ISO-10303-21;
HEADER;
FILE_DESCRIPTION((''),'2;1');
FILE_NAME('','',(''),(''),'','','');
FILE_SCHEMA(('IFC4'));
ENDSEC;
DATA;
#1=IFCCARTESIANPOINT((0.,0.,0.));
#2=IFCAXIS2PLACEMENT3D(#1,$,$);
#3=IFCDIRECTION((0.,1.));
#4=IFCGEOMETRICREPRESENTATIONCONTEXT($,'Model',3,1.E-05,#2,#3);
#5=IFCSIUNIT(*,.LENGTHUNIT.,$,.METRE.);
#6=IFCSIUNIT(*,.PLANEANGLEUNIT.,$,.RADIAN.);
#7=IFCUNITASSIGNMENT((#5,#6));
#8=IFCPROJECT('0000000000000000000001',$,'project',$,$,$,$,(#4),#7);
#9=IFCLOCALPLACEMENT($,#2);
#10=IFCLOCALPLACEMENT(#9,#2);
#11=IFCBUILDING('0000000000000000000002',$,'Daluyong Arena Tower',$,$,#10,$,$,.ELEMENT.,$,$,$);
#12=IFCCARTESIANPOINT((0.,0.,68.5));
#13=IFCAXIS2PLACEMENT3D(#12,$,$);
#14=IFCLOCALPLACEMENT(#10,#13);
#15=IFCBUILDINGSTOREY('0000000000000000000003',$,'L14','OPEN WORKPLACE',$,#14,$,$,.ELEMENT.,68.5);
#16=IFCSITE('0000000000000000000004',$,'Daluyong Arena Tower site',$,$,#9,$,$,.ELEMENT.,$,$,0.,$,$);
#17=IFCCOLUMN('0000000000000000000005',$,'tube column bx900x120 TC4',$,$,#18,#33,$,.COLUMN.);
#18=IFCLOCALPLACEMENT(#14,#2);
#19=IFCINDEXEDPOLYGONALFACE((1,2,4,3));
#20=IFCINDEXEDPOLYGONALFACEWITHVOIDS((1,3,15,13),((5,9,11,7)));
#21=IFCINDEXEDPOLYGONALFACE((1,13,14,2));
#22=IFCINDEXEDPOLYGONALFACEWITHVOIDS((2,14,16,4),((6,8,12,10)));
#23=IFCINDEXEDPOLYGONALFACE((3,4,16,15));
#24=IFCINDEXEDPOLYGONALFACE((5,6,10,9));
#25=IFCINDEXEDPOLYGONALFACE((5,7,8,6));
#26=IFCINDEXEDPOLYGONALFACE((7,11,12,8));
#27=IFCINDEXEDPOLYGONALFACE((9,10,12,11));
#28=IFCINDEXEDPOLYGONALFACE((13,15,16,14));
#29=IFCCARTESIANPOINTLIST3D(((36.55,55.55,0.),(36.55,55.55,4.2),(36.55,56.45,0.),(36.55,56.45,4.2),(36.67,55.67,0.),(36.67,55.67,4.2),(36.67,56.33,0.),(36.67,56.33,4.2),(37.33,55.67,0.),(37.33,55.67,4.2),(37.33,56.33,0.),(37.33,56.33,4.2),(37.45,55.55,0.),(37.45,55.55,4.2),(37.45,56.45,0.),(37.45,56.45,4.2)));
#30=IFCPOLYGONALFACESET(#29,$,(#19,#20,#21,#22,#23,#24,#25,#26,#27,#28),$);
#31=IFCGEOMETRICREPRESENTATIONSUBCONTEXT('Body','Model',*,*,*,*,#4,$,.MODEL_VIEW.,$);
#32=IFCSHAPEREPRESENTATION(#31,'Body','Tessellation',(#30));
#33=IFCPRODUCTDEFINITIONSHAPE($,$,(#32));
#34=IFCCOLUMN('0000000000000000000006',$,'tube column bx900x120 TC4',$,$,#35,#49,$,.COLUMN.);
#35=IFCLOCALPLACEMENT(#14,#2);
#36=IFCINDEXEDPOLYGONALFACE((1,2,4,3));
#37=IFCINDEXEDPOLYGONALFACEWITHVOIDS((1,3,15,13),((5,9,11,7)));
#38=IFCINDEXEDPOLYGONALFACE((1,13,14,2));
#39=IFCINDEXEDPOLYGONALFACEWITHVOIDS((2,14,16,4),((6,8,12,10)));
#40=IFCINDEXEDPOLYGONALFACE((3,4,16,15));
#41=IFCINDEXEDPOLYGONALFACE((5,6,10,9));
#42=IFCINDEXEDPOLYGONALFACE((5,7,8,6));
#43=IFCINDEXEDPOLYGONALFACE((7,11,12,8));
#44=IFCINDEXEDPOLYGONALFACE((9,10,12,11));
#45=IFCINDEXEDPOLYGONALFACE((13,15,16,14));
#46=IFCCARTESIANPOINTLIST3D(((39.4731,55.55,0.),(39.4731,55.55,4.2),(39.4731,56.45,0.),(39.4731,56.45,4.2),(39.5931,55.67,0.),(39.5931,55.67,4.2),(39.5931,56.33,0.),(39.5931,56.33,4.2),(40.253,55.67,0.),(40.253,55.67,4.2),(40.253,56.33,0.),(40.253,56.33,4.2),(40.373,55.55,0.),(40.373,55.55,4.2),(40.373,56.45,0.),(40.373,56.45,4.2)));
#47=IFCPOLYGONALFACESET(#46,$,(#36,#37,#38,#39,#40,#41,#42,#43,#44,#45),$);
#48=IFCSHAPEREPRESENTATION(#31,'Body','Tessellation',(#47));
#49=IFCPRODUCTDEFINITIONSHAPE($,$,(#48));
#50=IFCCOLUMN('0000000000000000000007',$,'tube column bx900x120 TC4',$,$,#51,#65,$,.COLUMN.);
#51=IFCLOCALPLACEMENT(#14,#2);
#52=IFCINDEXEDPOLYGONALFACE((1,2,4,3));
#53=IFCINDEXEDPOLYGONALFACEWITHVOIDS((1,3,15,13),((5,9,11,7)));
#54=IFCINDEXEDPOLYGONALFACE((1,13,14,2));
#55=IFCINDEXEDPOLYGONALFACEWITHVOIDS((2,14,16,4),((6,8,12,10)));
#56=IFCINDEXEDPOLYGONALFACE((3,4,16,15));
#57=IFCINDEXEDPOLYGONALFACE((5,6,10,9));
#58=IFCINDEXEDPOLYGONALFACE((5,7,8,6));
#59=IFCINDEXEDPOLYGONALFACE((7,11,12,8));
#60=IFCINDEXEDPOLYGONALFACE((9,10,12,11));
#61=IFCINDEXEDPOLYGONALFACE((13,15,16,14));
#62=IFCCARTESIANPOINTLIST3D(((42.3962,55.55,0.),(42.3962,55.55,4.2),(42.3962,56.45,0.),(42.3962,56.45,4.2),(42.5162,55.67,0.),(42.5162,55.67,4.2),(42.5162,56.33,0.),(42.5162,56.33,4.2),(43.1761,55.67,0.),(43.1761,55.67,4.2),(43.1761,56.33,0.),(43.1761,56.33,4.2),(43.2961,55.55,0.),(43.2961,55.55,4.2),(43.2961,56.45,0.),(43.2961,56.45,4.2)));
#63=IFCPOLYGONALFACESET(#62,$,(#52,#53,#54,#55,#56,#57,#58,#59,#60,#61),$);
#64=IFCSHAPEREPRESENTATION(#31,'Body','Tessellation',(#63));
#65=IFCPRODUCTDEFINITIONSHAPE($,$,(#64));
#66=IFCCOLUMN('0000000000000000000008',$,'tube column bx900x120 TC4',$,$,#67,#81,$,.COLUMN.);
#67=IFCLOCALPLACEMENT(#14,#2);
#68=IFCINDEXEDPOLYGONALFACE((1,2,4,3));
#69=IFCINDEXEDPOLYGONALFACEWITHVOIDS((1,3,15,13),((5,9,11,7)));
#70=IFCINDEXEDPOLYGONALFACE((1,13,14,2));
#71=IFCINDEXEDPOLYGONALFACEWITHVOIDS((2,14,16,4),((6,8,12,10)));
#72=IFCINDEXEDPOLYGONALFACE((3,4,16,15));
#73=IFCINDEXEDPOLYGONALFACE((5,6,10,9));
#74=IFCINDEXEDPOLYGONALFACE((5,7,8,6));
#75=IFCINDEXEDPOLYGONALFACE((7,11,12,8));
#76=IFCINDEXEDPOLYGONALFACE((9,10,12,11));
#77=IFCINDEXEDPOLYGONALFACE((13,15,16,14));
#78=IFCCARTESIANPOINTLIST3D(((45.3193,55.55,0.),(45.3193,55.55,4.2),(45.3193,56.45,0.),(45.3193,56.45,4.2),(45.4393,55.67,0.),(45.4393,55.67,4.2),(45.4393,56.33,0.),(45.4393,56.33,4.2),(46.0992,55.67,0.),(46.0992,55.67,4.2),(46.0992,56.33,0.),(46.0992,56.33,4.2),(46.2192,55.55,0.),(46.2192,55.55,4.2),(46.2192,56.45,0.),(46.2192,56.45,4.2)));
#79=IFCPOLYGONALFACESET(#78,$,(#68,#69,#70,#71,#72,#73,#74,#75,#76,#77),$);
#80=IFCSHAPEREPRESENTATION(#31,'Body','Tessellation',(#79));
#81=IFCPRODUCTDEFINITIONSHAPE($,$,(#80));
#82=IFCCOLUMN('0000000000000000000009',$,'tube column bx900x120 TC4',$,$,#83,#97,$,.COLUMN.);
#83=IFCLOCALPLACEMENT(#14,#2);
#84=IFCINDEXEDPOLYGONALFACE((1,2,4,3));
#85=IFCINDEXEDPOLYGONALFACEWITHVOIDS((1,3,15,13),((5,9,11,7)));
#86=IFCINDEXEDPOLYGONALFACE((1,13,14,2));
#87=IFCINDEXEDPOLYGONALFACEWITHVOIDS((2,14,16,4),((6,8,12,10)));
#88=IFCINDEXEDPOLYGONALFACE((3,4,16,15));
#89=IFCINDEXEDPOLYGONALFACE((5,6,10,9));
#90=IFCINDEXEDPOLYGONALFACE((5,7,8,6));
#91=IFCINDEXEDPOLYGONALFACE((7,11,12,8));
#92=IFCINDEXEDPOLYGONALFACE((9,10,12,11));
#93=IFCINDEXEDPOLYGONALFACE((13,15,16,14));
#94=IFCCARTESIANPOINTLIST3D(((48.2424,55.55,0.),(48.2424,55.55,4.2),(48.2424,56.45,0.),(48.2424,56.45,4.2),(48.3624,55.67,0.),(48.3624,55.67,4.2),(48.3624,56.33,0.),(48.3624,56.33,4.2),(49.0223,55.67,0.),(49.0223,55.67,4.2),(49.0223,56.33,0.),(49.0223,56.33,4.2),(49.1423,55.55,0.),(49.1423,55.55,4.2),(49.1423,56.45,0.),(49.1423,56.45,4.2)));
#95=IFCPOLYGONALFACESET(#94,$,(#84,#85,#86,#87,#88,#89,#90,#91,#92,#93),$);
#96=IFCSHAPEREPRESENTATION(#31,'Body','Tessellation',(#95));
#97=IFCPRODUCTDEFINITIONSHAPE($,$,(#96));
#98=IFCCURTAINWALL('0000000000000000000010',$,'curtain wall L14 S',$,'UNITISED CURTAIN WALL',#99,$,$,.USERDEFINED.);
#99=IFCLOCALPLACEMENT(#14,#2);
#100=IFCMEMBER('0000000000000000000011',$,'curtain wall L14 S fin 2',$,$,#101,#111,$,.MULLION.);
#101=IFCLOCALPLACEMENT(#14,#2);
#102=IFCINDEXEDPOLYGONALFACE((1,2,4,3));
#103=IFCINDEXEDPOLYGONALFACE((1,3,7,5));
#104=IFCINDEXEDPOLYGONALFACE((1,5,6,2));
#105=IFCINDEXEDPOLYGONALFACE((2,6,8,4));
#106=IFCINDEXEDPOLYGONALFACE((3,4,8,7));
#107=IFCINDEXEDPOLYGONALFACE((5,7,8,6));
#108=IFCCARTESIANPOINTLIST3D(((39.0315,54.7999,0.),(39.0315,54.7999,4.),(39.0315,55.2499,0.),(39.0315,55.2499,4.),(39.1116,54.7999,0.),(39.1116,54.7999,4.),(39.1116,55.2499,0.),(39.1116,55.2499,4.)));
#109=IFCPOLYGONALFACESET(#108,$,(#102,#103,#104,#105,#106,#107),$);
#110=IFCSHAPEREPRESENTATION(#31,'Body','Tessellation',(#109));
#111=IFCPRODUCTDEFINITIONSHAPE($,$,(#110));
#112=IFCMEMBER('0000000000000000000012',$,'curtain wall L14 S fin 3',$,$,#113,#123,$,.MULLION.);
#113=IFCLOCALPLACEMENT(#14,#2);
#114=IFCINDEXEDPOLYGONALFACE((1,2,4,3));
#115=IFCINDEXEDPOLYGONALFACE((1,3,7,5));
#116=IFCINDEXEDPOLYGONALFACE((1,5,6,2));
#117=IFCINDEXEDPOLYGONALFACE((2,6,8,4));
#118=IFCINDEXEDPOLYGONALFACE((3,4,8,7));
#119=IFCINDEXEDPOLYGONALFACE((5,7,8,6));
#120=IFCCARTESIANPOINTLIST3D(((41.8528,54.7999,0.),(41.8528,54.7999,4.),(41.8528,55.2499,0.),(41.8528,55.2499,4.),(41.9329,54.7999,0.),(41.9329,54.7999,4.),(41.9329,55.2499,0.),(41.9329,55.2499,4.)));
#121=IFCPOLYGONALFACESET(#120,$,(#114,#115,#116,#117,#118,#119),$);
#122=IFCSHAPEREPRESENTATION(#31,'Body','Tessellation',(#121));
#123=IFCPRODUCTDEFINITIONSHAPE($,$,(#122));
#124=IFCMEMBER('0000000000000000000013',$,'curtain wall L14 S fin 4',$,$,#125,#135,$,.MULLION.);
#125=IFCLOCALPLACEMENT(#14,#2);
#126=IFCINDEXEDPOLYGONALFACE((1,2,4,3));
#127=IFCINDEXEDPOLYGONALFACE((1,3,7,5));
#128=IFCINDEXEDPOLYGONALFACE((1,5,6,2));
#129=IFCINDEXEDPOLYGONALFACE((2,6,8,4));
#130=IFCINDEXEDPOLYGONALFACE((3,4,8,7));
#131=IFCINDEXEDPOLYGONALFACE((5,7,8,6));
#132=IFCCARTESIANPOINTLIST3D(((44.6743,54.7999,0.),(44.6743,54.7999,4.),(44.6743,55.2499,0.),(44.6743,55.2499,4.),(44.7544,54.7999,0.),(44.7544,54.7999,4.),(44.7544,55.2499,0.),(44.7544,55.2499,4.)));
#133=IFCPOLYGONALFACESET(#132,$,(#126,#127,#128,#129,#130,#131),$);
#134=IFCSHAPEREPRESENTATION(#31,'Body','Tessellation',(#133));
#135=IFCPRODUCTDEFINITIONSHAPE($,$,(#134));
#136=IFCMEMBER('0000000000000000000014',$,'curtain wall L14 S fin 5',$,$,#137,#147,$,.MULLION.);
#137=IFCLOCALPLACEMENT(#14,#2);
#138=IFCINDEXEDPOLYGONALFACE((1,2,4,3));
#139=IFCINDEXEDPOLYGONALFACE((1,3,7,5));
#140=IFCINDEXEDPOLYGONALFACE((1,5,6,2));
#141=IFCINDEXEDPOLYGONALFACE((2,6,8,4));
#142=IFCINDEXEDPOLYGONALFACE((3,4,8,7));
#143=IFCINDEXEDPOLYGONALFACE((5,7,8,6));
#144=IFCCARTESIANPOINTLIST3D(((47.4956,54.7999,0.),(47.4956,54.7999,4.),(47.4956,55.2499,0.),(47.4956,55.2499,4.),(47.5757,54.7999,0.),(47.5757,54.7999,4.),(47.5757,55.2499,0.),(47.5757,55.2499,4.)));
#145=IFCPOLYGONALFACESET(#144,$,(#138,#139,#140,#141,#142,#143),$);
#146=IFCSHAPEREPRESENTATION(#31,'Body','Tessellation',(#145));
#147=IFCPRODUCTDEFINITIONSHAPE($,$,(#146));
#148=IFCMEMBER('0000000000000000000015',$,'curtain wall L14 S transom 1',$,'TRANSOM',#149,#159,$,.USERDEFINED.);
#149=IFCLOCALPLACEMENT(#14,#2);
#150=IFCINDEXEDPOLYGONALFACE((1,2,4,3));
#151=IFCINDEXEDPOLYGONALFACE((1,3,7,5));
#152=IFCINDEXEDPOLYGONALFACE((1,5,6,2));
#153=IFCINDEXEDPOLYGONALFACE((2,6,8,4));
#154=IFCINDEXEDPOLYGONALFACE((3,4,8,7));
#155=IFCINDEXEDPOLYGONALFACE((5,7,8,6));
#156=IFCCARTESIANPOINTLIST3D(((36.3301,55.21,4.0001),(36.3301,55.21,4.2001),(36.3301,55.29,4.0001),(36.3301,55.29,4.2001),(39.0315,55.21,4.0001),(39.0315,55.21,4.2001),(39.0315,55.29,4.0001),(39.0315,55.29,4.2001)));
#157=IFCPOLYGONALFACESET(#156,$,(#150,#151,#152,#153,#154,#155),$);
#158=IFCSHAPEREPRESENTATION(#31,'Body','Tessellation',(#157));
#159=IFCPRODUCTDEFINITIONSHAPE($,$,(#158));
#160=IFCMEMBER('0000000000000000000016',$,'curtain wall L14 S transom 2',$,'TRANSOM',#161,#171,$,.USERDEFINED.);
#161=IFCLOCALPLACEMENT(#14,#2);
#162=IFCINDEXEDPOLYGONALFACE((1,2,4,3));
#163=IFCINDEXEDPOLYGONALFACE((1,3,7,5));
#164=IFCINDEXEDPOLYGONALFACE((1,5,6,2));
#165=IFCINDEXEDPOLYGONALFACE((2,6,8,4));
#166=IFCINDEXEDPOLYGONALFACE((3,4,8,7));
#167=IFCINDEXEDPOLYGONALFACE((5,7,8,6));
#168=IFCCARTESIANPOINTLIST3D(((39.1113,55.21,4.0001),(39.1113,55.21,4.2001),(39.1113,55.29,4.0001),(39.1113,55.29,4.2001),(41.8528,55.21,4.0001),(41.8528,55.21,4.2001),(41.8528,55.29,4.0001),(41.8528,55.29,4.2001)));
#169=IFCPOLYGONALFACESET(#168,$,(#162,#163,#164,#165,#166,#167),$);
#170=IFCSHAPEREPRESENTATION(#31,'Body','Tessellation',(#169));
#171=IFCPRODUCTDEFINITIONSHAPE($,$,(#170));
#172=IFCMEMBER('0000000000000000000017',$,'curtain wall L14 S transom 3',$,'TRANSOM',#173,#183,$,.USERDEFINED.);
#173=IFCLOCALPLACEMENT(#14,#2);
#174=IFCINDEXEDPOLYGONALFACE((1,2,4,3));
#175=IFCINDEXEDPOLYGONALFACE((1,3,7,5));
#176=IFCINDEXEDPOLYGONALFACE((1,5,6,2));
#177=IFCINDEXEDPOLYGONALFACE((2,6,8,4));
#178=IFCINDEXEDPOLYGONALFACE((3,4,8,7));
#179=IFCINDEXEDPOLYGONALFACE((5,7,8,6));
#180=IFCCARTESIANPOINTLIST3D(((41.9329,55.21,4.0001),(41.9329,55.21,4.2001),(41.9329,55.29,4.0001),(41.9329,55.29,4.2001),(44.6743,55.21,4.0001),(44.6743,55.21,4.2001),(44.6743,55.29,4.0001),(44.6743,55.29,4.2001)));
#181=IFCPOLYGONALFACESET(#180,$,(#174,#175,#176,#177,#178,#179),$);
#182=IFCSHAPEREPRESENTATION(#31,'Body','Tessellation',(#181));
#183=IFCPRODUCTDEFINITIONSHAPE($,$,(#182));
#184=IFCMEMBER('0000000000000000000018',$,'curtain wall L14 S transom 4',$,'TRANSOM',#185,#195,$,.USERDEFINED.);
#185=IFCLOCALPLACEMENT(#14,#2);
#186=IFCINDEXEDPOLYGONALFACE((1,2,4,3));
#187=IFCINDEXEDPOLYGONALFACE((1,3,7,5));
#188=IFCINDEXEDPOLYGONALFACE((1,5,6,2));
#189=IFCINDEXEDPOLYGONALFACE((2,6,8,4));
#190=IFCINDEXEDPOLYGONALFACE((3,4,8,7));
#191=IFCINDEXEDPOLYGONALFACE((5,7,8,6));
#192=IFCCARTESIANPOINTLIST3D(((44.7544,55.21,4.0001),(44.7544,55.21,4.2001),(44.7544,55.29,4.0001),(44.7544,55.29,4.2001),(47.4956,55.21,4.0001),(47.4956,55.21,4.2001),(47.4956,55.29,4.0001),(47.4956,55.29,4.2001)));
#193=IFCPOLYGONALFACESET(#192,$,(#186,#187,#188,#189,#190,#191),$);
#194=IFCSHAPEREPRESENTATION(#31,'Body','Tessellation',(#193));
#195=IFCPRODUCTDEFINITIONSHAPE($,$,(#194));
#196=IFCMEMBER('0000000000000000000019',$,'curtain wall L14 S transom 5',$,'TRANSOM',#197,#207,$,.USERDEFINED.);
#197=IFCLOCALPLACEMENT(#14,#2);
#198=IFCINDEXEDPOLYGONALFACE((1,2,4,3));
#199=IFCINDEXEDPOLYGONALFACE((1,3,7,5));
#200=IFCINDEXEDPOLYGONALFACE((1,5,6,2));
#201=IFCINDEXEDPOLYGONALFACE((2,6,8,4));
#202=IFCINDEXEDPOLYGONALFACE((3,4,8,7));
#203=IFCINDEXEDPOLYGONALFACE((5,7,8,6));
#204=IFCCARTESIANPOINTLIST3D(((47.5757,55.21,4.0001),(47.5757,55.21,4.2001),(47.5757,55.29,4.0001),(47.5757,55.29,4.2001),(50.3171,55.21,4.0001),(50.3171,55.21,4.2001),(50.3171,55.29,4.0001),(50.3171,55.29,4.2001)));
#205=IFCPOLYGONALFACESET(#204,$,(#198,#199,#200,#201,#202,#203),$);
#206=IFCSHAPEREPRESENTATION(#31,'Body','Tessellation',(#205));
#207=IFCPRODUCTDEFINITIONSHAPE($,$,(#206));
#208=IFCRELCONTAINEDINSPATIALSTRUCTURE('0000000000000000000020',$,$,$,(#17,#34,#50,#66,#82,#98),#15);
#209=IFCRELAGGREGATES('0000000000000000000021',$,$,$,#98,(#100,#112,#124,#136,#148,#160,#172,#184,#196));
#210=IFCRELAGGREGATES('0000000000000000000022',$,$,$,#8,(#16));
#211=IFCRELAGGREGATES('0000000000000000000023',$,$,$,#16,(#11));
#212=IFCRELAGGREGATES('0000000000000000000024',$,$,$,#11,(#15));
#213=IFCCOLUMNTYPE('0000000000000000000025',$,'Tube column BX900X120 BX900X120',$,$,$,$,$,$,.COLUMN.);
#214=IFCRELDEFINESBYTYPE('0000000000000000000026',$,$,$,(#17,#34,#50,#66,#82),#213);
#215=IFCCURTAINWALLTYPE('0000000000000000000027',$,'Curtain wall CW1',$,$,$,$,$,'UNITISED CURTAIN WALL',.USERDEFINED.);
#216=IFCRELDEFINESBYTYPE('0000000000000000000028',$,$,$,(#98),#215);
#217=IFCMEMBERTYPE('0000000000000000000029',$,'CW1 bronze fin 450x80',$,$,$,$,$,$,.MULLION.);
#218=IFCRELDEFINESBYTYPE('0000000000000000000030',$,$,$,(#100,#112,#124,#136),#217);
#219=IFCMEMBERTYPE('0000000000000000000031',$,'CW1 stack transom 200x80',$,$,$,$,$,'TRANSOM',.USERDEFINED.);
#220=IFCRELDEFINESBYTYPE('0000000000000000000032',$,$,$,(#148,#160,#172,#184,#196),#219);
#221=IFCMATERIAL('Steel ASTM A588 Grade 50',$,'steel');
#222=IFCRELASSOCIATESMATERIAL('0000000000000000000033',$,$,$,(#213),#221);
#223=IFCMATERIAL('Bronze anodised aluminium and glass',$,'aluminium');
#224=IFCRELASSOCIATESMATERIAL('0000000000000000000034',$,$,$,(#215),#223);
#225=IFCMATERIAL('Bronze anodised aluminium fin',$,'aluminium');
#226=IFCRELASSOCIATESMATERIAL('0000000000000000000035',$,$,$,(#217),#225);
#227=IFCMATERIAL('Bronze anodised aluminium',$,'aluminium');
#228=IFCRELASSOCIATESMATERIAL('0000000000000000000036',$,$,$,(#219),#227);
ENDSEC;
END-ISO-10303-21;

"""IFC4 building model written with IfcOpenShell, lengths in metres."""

from ifc_helpers import new_model, si_unit, direction, frame, origin, origin_2d, place, context, subcontext, project, spatial, rectangle, hollow_rectangle, extrude, material, material_profile, profile_set, type_object, element, aggregate, save


model = new_model("IFC4")

# Units and contexts
model_context = context("Model", 3, precision=1e-05, world=origin(), true_north=direction((0.0, 1.0)))
body_context = subcontext(model_context, "Body", "Model", "MODEL_VIEW")
ifc_project = project(units=[si_unit("LENGTHUNIT", "METRE"), si_unit("PLANEANGLEUNIT", "RADIAN")], contexts=[model_context])

# Site, building, storey
site_placement = place(None, origin())
site = spatial("IfcSite", under=ifc_project, at=site_placement, Name="Daluyong Arena Tower site", CompositionType="ELEMENT", RefElevation=0.0)
building_placement = place(site_placement, origin())
building = spatial("IfcBuilding", under=site, at=building_placement, Name="Daluyong Arena Tower", CompositionType="ELEMENT")
storey_placement = place(building_placement, frame((0.0, 0.0, 68.5)))
storey = spatial("IfcBuildingStorey", under=building, at=storey_placement, Name="L14", Description="OPEN WORKPLACE", CompositionType="ELEMENT", Elevation=68.5)

# Columns
ifc_material_1 = material(Name="Steel ASTM A588 Grade 50", Category="steel")
ifc_material_profile_1 = material_profile(ifc_material_1, hollow_rectangle(XDim=0.8999, YDim=0.8999, WallThickness=0.12, at=origin_2d()))
ifc_profile_set_1 = profile_set([ifc_material_profile_1], Name="Steel ASTM A588 Grade 50")
column_type = type_object("IfcColumnType", Name="Tube column BX900X120 BX900X120", PredefinedType="COLUMN", material=ifc_profile_set_1)
for number, where, z_axis, x_axis, name in (
    (1, (37.0, 56.0, 0.0), (0.0, 0.0, 1.0), (1.0, 0.0, 0.0), "tube column bx900x120 TC4"),
    (2, (39.9231, 56.0, 0.0), (0.0, 0.0, 1.0), (1.0, 0.0, 0.0), "tube column bx900x120 TC4"),
    (3, (42.8462, 56.0, 0.0), (0.0, 0.0, 1.0), (1.0, 0.0, 0.0), "tube column bx900x120 TC4"),
    (4, (45.7693, 56.0, 0.0), (0.0, 0.0, 1.0), (1.0, 0.0, 0.0), "tube column bx900x120 TC4"),
    (5, (48.6924, 56.0, 0.0), (0.0, 0.0, 1.0), (1.0, 0.0, 0.0), "tube column bx900x120 TC4"),
):
    element("IfcColumn", number, at=place(storey_placement, frame(where, z_axis=z_axis, x_axis=x_axis)), inside=storey, type_object=column_type, Name=name, PredefinedType="COLUMN", context=body_context, shape_type="SweptSolid", body=[
        extrude(hollow_rectangle(XDim=0.8999, YDim=0.8999, WallThickness=0.12, at=origin_2d()), origin(), (0.0, 0.0, 1.0), 4.2),
    ])

# Curtain wall, members
ifc_material_2 = material(Name="Bronze anodised aluminium and glass", Category="aluminium")
curtain_wall_type_1 = type_object("IfcCurtainWallType", Name="Curtain wall CW1", ElementType="UNITISED CURTAIN WALL", PredefinedType="USERDEFINED", material=ifc_material_2)
curtain_wall_1_placement = place(storey_placement, origin())
curtain_wall_1 = element("IfcCurtainWall", 6, at=curtain_wall_1_placement, inside=storey, type_object=curtain_wall_type_1, Name="curtain wall L14 S", ObjectType="UNITISED CURTAIN WALL", PredefinedType="USERDEFINED")
ifc_material_3 = material(Name="Bronze anodised aluminium fin", Category="aluminium")
ifc_material_profile_2 = material_profile(ifc_material_3, rectangle(XDim=0.45, YDim=0.0801, at=origin_2d()))
ifc_profile_set_2 = profile_set([ifc_material_profile_2], Name="Bronze anodised aluminium fin")
member_type_1 = type_object("IfcMemberType", Name="CW1 bronze fin 450x80", PredefinedType="MULLION", material=ifc_profile_set_2)
member_1_placement = place(storey_placement, frame((39.0715, 55.0249, 0.0), z_axis=(0.0, 0.0, 1.0), x_axis=(0.0, 1.0, 0.0)))
member_1 = element("IfcMember", 7, at=member_1_placement, type_object=member_type_1, Name="curtain wall L14 S fin 2", PredefinedType="MULLION", context=body_context, shape_type="SweptSolid", body=[
    extrude(rectangle(XDim=0.45, YDim=0.0801, at=origin_2d()), origin(), (0.0, 0.0, 1.0), 4.0),
])
member_2_placement = place(storey_placement, frame((41.8928, 55.0249, 0.0), z_axis=(0.0, 0.0, 1.0), x_axis=(0.0, 1.0, 0.0)))
member_2 = element("IfcMember", 8, at=member_2_placement, type_object=member_type_1, Name="curtain wall L14 S fin 3", PredefinedType="MULLION", context=body_context, shape_type="SweptSolid", body=[
    extrude(rectangle(XDim=0.45, YDim=0.0801, at=origin_2d()), origin(), (0.0, 0.0, 1.0), 4.0),
])
member_3_placement = place(storey_placement, frame((44.7144, 55.0249, 0.0), z_axis=(0.0, 0.0, 1.0), x_axis=(0.0, 1.0, 0.0)))
member_3 = element("IfcMember", 9, at=member_3_placement, type_object=member_type_1, Name="curtain wall L14 S fin 4", PredefinedType="MULLION", context=body_context, shape_type="SweptSolid", body=[
    extrude(rectangle(XDim=0.45, YDim=0.0801, at=origin_2d()), origin(), (0.0, 0.0, 1.0), 4.0),
])
member_4_placement = place(storey_placement, frame((47.5356, 55.0249, 0.0), z_axis=(0.0, 0.0, 1.0), x_axis=(0.0, 1.0, 0.0)))
member_4 = element("IfcMember", 10, at=member_4_placement, type_object=member_type_1, Name="curtain wall L14 S fin 5", PredefinedType="MULLION", context=body_context, shape_type="SweptSolid", body=[
    extrude(rectangle(XDim=0.45, YDim=0.0801, at=origin_2d()), origin(), (0.0, 0.0, 1.0), 4.0),
])
ifc_material_4 = material(Name="Bronze anodised aluminium", Category="aluminium")
ifc_material_profile_3 = material_profile(ifc_material_4, rectangle(XDim=0.0801, YDim=0.2, at=origin_2d()))
ifc_profile_set_3 = profile_set([ifc_material_profile_3], Name="Bronze anodised aluminium")
member_type_2 = type_object("IfcMemberType", Name="CW1 stack transom 200x80", ElementType="TRANSOM", PredefinedType="USERDEFINED", material=ifc_profile_set_3)
member_5_placement = place(storey_placement, frame((36.3301, 55.25, 4.1001), z_axis=(1.0, 0.0, 0.0), x_axis=(0.0, 1.0, 0.0)))
member_5 = element("IfcMember", 11, at=member_5_placement, type_object=member_type_2, Name="curtain wall L14 S transom 1", ObjectType="TRANSOM", PredefinedType="USERDEFINED", context=body_context, shape_type="SweptSolid", body=[
    extrude(rectangle(XDim=0.0801, YDim=0.2, at=origin_2d()), origin(), (0.0, 0.0, 1.0), 2.7014),
])
member_6_placement = place(storey_placement, frame((39.1113, 55.25, 4.1001), z_axis=(1.0, 0.0, 0.0), x_axis=(0.0, 1.0, 0.0)))
member_6 = element("IfcMember", 12, at=member_6_placement, type_object=member_type_2, Name="curtain wall L14 S transom 2", ObjectType="TRANSOM", PredefinedType="USERDEFINED", context=body_context, shape_type="SweptSolid", body=[
    extrude(rectangle(XDim=0.0801, YDim=0.2, at=origin_2d()), origin(), (0.0, 0.0, 1.0), 2.7415),
])
member_7_placement = place(storey_placement, frame((41.9329, 55.25, 4.1001), z_axis=(1.0, 0.0, 0.0), x_axis=(0.0, 1.0, 0.0)))
member_7 = element("IfcMember", 13, at=member_7_placement, type_object=member_type_2, Name="curtain wall L14 S transom 3", ObjectType="TRANSOM", PredefinedType="USERDEFINED", context=body_context, shape_type="SweptSolid", body=[
    extrude(rectangle(XDim=0.0801, YDim=0.2, at=origin_2d()), origin(), (0.0, 0.0, 1.0), 2.7415),
])
member_8_placement = place(storey_placement, frame((44.7544, 55.25, 4.1001), z_axis=(1.0, 0.0, 0.0), x_axis=(0.0, 1.0, 0.0)))
member_8 = element("IfcMember", 14, at=member_8_placement, type_object=member_type_2, Name="curtain wall L14 S transom 4", ObjectType="TRANSOM", PredefinedType="USERDEFINED", context=body_context, shape_type="SweptSolid", body=[
    extrude(rectangle(XDim=0.0801, YDim=0.2, at=origin_2d()), origin(), (0.0, 0.0, 1.0), 2.7412),
])
member_9_placement = place(storey_placement, frame((47.5757, 55.25, 4.1001), z_axis=(1.0, 0.0, 0.0), x_axis=(0.0, 1.0, 0.0)))
member_9 = element("IfcMember", 15, at=member_9_placement, type_object=member_type_2, Name="curtain wall L14 S transom 5", ObjectType="TRANSOM", PredefinedType="USERDEFINED", context=body_context, shape_type="SweptSolid", body=[
    extrude(rectangle(XDim=0.0801, YDim=0.2, at=origin_2d()), origin(), (0.0, 0.0, 1.0), 2.7415),
])

aggregate(curtain_wall_1, [member_1, member_2, member_3, member_4, member_5, member_6, member_7, member_8, member_9])

save(model, "model.ifc")
